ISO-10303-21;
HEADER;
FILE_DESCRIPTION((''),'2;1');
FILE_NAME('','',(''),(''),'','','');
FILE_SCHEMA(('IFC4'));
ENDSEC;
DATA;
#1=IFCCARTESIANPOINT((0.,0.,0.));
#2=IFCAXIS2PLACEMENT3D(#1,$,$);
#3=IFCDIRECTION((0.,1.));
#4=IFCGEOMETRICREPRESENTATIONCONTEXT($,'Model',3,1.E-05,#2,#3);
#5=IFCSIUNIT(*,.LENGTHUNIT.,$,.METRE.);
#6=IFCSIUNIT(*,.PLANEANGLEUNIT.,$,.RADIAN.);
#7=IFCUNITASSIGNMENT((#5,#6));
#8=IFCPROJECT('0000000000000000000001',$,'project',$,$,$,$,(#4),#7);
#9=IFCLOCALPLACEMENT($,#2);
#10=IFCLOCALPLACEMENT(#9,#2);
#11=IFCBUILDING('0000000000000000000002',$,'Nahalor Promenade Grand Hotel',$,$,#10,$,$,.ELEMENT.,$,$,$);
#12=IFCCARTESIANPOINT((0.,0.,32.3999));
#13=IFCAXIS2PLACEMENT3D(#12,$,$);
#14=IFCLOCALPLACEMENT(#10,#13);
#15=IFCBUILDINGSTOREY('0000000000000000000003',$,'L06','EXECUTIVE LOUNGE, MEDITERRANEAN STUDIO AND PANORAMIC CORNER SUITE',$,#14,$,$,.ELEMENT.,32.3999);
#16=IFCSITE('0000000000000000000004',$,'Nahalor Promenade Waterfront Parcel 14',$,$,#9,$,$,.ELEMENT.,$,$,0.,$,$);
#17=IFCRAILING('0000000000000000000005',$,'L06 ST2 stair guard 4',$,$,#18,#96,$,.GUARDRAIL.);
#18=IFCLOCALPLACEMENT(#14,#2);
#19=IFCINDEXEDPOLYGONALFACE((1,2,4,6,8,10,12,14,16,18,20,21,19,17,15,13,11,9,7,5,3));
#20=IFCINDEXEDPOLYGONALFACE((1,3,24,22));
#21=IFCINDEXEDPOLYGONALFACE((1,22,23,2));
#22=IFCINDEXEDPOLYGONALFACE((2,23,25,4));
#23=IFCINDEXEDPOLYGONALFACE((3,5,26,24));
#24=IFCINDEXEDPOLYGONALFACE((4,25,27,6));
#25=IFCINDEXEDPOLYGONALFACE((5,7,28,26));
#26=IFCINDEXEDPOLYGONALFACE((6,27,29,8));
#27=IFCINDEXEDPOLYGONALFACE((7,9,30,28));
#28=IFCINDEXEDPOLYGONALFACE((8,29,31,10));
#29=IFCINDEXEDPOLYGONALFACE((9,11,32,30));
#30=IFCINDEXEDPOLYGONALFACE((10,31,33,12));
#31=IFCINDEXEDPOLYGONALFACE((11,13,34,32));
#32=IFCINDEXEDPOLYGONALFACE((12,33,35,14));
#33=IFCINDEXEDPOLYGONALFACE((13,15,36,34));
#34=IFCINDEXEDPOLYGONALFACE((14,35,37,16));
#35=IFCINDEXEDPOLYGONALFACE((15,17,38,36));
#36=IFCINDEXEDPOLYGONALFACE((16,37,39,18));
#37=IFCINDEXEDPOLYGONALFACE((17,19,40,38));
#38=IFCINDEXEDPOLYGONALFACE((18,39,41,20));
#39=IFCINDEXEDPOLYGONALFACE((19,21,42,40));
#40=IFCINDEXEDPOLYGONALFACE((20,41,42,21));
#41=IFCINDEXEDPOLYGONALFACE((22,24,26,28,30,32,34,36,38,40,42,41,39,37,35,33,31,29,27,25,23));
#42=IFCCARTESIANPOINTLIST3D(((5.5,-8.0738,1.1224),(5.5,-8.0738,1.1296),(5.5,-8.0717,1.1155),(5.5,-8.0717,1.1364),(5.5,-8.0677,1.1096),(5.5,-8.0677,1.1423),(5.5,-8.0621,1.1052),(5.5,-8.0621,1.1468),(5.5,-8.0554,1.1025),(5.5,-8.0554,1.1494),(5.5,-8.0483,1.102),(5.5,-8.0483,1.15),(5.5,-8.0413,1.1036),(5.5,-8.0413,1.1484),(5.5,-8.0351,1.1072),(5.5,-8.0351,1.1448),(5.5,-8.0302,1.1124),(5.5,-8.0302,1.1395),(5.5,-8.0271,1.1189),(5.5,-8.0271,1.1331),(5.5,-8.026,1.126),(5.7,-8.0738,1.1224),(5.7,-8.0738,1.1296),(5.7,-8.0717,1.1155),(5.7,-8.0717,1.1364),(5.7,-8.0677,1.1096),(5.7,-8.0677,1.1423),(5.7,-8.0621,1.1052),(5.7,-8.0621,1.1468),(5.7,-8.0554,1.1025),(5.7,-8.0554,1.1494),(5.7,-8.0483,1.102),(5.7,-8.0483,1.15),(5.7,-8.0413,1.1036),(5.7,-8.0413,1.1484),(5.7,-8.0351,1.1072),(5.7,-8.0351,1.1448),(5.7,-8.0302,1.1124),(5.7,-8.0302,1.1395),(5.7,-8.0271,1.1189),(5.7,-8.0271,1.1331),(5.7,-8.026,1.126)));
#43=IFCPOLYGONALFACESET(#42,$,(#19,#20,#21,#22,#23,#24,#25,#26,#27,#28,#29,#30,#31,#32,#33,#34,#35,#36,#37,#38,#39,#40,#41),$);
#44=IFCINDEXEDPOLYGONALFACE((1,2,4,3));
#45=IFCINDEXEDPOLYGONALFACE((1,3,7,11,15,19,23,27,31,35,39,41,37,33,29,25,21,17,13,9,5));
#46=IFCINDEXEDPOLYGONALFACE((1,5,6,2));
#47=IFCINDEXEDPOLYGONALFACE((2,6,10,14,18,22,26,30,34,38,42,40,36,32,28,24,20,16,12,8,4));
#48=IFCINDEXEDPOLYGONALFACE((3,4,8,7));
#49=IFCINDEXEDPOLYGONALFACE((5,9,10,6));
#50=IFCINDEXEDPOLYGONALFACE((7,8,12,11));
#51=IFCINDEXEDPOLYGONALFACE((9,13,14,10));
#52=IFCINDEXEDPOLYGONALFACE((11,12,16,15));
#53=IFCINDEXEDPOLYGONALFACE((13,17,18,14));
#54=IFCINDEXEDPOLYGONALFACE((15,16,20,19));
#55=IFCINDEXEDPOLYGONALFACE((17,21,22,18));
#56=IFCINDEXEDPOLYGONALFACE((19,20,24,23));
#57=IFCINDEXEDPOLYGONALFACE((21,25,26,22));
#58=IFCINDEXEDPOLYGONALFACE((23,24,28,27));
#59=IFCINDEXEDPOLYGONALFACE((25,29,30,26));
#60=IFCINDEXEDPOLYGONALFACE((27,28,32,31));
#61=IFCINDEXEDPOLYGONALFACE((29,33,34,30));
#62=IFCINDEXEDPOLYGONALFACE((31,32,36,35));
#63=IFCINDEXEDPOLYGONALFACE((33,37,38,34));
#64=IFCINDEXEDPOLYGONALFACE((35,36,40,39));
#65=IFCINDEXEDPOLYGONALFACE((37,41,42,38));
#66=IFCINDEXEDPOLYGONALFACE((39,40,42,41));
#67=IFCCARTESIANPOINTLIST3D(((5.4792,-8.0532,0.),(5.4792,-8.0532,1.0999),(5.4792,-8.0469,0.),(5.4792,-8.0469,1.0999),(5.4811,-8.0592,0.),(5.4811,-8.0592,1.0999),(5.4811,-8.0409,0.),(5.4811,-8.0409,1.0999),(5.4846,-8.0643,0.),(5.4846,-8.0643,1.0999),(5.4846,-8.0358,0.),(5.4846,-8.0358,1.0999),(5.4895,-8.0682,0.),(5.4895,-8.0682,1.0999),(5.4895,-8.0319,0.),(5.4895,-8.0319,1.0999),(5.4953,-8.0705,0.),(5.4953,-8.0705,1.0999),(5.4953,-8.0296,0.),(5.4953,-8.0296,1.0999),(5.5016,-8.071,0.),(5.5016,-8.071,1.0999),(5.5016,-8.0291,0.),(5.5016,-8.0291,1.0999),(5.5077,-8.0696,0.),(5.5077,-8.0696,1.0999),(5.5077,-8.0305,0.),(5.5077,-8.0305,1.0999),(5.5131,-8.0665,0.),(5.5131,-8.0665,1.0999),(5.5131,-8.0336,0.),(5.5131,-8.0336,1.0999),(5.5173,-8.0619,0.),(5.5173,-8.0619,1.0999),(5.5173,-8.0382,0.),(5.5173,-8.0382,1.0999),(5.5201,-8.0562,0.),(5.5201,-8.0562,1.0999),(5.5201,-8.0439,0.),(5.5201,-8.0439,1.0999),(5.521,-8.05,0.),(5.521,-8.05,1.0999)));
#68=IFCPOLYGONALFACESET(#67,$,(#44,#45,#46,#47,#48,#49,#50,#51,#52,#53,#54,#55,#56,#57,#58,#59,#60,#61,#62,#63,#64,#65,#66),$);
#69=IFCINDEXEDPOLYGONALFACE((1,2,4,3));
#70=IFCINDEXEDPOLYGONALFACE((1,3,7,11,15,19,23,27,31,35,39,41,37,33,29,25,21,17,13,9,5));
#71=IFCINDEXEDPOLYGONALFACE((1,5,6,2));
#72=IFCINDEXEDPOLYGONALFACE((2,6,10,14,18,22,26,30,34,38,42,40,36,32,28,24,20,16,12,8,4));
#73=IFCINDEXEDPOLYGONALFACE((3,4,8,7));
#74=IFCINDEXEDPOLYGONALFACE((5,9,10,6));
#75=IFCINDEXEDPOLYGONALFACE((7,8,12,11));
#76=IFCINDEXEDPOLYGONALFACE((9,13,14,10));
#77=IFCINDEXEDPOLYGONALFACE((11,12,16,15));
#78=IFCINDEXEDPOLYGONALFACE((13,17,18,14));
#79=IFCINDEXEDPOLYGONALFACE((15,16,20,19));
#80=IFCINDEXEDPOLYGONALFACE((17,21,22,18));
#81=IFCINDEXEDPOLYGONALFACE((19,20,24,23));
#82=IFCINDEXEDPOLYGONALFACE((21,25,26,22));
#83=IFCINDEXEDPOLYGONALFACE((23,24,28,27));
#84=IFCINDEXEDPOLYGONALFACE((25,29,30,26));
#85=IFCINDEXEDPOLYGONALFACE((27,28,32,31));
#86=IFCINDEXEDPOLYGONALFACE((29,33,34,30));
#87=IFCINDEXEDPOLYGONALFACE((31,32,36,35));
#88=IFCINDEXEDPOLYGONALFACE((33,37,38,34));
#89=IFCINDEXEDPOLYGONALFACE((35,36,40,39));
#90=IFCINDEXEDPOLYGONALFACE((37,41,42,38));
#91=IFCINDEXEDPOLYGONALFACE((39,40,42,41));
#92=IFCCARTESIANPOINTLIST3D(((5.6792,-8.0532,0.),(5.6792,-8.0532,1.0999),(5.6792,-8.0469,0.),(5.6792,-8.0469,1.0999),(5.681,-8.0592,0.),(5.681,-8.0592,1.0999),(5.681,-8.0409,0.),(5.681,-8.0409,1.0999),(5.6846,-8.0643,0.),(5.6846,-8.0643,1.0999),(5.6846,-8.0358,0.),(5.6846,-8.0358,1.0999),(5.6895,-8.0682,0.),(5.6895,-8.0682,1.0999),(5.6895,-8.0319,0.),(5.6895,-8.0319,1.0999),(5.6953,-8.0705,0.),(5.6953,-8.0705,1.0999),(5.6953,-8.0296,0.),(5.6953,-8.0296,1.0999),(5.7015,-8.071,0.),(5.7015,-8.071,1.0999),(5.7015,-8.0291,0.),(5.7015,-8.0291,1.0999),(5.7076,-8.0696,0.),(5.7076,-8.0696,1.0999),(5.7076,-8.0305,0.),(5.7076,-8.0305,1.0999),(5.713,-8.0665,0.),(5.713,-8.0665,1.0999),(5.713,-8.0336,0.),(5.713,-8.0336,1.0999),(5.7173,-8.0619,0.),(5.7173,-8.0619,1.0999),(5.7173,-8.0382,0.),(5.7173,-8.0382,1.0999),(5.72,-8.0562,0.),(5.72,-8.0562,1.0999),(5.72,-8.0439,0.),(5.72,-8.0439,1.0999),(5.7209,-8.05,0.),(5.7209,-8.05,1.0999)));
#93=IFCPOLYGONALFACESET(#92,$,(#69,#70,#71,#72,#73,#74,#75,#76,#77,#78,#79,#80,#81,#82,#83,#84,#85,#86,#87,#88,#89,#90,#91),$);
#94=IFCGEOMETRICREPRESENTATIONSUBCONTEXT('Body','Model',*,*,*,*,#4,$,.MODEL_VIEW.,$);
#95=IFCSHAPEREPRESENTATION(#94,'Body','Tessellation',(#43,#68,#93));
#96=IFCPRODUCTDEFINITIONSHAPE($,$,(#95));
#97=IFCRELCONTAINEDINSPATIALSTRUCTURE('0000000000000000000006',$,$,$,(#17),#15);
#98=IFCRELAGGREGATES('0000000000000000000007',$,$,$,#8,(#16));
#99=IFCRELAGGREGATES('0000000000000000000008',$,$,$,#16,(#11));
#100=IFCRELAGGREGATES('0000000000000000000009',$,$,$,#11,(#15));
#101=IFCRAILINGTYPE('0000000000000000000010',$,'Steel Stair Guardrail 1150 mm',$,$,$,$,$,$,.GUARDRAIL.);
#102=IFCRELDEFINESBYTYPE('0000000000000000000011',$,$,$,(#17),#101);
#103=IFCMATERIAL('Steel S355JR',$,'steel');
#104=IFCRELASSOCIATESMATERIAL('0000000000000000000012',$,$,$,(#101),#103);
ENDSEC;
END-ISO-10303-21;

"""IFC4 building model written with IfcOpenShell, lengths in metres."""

from ifc_helpers import new_model, si_unit, direction, frame, origin, origin_2d, place, context, subcontext, project, spatial, circle, extrude, material, type_object, element, save


model = new_model("IFC4")

# Units and contexts
model_context = context("Model", 3, precision=1e-05, world=origin(), true_north=direction((0.0, 1.0)))
body_context = subcontext(model_context, "Body", "Model", "MODEL_VIEW")
ifc_project = project(units=[si_unit("LENGTHUNIT", "METRE"), si_unit("PLANEANGLEUNIT", "RADIAN")], contexts=[model_context])

# Site, building, storey
site_placement = place(None, origin())
site = spatial("IfcSite", under=ifc_project, at=site_placement, Name="Nahalor Promenade Waterfront Parcel 14", CompositionType="ELEMENT", RefElevation=0.0)
building_placement = place(site_placement, origin())
building = spatial("IfcBuilding", under=site, at=building_placement, Name="Nahalor Promenade Grand Hotel", CompositionType="ELEMENT")
storey_placement = place(building_placement, frame((0.0, 0.0, 32.3999)))
storey = spatial("IfcBuildingStorey", under=building, at=storey_placement, Name="L06", Description="EXECUTIVE LOUNGE, MEDITERRANEAN STUDIO AND PANORAMIC CORNER SUITE", CompositionType="ELEMENT", Elevation=32.3999)

# Shared definitions
ifc_material_1 = material(Name="Steel S355JR", Category="steel")

# Railing
railing_type_1 = type_object("IfcRailingType", Name="Steel Stair Guardrail 1150 mm", PredefinedType="GUARDRAIL", material=ifc_material_1)
railing_1_placement = place(storey_placement, frame((5.5, -8.05, 0.0)))
element("IfcRailing", 1, at=railing_1_placement, inside=storey, type_object=railing_type_1, Name="L06 ST2 stair guard 4", PredefinedType="GUARDRAIL", context=body_context, shape_type="SweptSolid", body=[
    extrude(circle(Radius=0.024, at=origin_2d()), frame((0.0, 0.0, 1.126), z_axis=(1.0, 0.0, 0.0), x_axis=(0.0, 1.0, 0.0)), (0.0, 0.0, 1.0), 0.2),
    extrude(circle(Radius=0.021, at=origin_2d()), origin(), (0.0, 0.0, 1.0), 1.0999),
    extrude(circle(Radius=0.021, at=origin_2d()), frame((0.2, 0.0, 0.0)), (0.0, 0.0, 1.0), 1.0999),
])

save(model, "model.ifc")
